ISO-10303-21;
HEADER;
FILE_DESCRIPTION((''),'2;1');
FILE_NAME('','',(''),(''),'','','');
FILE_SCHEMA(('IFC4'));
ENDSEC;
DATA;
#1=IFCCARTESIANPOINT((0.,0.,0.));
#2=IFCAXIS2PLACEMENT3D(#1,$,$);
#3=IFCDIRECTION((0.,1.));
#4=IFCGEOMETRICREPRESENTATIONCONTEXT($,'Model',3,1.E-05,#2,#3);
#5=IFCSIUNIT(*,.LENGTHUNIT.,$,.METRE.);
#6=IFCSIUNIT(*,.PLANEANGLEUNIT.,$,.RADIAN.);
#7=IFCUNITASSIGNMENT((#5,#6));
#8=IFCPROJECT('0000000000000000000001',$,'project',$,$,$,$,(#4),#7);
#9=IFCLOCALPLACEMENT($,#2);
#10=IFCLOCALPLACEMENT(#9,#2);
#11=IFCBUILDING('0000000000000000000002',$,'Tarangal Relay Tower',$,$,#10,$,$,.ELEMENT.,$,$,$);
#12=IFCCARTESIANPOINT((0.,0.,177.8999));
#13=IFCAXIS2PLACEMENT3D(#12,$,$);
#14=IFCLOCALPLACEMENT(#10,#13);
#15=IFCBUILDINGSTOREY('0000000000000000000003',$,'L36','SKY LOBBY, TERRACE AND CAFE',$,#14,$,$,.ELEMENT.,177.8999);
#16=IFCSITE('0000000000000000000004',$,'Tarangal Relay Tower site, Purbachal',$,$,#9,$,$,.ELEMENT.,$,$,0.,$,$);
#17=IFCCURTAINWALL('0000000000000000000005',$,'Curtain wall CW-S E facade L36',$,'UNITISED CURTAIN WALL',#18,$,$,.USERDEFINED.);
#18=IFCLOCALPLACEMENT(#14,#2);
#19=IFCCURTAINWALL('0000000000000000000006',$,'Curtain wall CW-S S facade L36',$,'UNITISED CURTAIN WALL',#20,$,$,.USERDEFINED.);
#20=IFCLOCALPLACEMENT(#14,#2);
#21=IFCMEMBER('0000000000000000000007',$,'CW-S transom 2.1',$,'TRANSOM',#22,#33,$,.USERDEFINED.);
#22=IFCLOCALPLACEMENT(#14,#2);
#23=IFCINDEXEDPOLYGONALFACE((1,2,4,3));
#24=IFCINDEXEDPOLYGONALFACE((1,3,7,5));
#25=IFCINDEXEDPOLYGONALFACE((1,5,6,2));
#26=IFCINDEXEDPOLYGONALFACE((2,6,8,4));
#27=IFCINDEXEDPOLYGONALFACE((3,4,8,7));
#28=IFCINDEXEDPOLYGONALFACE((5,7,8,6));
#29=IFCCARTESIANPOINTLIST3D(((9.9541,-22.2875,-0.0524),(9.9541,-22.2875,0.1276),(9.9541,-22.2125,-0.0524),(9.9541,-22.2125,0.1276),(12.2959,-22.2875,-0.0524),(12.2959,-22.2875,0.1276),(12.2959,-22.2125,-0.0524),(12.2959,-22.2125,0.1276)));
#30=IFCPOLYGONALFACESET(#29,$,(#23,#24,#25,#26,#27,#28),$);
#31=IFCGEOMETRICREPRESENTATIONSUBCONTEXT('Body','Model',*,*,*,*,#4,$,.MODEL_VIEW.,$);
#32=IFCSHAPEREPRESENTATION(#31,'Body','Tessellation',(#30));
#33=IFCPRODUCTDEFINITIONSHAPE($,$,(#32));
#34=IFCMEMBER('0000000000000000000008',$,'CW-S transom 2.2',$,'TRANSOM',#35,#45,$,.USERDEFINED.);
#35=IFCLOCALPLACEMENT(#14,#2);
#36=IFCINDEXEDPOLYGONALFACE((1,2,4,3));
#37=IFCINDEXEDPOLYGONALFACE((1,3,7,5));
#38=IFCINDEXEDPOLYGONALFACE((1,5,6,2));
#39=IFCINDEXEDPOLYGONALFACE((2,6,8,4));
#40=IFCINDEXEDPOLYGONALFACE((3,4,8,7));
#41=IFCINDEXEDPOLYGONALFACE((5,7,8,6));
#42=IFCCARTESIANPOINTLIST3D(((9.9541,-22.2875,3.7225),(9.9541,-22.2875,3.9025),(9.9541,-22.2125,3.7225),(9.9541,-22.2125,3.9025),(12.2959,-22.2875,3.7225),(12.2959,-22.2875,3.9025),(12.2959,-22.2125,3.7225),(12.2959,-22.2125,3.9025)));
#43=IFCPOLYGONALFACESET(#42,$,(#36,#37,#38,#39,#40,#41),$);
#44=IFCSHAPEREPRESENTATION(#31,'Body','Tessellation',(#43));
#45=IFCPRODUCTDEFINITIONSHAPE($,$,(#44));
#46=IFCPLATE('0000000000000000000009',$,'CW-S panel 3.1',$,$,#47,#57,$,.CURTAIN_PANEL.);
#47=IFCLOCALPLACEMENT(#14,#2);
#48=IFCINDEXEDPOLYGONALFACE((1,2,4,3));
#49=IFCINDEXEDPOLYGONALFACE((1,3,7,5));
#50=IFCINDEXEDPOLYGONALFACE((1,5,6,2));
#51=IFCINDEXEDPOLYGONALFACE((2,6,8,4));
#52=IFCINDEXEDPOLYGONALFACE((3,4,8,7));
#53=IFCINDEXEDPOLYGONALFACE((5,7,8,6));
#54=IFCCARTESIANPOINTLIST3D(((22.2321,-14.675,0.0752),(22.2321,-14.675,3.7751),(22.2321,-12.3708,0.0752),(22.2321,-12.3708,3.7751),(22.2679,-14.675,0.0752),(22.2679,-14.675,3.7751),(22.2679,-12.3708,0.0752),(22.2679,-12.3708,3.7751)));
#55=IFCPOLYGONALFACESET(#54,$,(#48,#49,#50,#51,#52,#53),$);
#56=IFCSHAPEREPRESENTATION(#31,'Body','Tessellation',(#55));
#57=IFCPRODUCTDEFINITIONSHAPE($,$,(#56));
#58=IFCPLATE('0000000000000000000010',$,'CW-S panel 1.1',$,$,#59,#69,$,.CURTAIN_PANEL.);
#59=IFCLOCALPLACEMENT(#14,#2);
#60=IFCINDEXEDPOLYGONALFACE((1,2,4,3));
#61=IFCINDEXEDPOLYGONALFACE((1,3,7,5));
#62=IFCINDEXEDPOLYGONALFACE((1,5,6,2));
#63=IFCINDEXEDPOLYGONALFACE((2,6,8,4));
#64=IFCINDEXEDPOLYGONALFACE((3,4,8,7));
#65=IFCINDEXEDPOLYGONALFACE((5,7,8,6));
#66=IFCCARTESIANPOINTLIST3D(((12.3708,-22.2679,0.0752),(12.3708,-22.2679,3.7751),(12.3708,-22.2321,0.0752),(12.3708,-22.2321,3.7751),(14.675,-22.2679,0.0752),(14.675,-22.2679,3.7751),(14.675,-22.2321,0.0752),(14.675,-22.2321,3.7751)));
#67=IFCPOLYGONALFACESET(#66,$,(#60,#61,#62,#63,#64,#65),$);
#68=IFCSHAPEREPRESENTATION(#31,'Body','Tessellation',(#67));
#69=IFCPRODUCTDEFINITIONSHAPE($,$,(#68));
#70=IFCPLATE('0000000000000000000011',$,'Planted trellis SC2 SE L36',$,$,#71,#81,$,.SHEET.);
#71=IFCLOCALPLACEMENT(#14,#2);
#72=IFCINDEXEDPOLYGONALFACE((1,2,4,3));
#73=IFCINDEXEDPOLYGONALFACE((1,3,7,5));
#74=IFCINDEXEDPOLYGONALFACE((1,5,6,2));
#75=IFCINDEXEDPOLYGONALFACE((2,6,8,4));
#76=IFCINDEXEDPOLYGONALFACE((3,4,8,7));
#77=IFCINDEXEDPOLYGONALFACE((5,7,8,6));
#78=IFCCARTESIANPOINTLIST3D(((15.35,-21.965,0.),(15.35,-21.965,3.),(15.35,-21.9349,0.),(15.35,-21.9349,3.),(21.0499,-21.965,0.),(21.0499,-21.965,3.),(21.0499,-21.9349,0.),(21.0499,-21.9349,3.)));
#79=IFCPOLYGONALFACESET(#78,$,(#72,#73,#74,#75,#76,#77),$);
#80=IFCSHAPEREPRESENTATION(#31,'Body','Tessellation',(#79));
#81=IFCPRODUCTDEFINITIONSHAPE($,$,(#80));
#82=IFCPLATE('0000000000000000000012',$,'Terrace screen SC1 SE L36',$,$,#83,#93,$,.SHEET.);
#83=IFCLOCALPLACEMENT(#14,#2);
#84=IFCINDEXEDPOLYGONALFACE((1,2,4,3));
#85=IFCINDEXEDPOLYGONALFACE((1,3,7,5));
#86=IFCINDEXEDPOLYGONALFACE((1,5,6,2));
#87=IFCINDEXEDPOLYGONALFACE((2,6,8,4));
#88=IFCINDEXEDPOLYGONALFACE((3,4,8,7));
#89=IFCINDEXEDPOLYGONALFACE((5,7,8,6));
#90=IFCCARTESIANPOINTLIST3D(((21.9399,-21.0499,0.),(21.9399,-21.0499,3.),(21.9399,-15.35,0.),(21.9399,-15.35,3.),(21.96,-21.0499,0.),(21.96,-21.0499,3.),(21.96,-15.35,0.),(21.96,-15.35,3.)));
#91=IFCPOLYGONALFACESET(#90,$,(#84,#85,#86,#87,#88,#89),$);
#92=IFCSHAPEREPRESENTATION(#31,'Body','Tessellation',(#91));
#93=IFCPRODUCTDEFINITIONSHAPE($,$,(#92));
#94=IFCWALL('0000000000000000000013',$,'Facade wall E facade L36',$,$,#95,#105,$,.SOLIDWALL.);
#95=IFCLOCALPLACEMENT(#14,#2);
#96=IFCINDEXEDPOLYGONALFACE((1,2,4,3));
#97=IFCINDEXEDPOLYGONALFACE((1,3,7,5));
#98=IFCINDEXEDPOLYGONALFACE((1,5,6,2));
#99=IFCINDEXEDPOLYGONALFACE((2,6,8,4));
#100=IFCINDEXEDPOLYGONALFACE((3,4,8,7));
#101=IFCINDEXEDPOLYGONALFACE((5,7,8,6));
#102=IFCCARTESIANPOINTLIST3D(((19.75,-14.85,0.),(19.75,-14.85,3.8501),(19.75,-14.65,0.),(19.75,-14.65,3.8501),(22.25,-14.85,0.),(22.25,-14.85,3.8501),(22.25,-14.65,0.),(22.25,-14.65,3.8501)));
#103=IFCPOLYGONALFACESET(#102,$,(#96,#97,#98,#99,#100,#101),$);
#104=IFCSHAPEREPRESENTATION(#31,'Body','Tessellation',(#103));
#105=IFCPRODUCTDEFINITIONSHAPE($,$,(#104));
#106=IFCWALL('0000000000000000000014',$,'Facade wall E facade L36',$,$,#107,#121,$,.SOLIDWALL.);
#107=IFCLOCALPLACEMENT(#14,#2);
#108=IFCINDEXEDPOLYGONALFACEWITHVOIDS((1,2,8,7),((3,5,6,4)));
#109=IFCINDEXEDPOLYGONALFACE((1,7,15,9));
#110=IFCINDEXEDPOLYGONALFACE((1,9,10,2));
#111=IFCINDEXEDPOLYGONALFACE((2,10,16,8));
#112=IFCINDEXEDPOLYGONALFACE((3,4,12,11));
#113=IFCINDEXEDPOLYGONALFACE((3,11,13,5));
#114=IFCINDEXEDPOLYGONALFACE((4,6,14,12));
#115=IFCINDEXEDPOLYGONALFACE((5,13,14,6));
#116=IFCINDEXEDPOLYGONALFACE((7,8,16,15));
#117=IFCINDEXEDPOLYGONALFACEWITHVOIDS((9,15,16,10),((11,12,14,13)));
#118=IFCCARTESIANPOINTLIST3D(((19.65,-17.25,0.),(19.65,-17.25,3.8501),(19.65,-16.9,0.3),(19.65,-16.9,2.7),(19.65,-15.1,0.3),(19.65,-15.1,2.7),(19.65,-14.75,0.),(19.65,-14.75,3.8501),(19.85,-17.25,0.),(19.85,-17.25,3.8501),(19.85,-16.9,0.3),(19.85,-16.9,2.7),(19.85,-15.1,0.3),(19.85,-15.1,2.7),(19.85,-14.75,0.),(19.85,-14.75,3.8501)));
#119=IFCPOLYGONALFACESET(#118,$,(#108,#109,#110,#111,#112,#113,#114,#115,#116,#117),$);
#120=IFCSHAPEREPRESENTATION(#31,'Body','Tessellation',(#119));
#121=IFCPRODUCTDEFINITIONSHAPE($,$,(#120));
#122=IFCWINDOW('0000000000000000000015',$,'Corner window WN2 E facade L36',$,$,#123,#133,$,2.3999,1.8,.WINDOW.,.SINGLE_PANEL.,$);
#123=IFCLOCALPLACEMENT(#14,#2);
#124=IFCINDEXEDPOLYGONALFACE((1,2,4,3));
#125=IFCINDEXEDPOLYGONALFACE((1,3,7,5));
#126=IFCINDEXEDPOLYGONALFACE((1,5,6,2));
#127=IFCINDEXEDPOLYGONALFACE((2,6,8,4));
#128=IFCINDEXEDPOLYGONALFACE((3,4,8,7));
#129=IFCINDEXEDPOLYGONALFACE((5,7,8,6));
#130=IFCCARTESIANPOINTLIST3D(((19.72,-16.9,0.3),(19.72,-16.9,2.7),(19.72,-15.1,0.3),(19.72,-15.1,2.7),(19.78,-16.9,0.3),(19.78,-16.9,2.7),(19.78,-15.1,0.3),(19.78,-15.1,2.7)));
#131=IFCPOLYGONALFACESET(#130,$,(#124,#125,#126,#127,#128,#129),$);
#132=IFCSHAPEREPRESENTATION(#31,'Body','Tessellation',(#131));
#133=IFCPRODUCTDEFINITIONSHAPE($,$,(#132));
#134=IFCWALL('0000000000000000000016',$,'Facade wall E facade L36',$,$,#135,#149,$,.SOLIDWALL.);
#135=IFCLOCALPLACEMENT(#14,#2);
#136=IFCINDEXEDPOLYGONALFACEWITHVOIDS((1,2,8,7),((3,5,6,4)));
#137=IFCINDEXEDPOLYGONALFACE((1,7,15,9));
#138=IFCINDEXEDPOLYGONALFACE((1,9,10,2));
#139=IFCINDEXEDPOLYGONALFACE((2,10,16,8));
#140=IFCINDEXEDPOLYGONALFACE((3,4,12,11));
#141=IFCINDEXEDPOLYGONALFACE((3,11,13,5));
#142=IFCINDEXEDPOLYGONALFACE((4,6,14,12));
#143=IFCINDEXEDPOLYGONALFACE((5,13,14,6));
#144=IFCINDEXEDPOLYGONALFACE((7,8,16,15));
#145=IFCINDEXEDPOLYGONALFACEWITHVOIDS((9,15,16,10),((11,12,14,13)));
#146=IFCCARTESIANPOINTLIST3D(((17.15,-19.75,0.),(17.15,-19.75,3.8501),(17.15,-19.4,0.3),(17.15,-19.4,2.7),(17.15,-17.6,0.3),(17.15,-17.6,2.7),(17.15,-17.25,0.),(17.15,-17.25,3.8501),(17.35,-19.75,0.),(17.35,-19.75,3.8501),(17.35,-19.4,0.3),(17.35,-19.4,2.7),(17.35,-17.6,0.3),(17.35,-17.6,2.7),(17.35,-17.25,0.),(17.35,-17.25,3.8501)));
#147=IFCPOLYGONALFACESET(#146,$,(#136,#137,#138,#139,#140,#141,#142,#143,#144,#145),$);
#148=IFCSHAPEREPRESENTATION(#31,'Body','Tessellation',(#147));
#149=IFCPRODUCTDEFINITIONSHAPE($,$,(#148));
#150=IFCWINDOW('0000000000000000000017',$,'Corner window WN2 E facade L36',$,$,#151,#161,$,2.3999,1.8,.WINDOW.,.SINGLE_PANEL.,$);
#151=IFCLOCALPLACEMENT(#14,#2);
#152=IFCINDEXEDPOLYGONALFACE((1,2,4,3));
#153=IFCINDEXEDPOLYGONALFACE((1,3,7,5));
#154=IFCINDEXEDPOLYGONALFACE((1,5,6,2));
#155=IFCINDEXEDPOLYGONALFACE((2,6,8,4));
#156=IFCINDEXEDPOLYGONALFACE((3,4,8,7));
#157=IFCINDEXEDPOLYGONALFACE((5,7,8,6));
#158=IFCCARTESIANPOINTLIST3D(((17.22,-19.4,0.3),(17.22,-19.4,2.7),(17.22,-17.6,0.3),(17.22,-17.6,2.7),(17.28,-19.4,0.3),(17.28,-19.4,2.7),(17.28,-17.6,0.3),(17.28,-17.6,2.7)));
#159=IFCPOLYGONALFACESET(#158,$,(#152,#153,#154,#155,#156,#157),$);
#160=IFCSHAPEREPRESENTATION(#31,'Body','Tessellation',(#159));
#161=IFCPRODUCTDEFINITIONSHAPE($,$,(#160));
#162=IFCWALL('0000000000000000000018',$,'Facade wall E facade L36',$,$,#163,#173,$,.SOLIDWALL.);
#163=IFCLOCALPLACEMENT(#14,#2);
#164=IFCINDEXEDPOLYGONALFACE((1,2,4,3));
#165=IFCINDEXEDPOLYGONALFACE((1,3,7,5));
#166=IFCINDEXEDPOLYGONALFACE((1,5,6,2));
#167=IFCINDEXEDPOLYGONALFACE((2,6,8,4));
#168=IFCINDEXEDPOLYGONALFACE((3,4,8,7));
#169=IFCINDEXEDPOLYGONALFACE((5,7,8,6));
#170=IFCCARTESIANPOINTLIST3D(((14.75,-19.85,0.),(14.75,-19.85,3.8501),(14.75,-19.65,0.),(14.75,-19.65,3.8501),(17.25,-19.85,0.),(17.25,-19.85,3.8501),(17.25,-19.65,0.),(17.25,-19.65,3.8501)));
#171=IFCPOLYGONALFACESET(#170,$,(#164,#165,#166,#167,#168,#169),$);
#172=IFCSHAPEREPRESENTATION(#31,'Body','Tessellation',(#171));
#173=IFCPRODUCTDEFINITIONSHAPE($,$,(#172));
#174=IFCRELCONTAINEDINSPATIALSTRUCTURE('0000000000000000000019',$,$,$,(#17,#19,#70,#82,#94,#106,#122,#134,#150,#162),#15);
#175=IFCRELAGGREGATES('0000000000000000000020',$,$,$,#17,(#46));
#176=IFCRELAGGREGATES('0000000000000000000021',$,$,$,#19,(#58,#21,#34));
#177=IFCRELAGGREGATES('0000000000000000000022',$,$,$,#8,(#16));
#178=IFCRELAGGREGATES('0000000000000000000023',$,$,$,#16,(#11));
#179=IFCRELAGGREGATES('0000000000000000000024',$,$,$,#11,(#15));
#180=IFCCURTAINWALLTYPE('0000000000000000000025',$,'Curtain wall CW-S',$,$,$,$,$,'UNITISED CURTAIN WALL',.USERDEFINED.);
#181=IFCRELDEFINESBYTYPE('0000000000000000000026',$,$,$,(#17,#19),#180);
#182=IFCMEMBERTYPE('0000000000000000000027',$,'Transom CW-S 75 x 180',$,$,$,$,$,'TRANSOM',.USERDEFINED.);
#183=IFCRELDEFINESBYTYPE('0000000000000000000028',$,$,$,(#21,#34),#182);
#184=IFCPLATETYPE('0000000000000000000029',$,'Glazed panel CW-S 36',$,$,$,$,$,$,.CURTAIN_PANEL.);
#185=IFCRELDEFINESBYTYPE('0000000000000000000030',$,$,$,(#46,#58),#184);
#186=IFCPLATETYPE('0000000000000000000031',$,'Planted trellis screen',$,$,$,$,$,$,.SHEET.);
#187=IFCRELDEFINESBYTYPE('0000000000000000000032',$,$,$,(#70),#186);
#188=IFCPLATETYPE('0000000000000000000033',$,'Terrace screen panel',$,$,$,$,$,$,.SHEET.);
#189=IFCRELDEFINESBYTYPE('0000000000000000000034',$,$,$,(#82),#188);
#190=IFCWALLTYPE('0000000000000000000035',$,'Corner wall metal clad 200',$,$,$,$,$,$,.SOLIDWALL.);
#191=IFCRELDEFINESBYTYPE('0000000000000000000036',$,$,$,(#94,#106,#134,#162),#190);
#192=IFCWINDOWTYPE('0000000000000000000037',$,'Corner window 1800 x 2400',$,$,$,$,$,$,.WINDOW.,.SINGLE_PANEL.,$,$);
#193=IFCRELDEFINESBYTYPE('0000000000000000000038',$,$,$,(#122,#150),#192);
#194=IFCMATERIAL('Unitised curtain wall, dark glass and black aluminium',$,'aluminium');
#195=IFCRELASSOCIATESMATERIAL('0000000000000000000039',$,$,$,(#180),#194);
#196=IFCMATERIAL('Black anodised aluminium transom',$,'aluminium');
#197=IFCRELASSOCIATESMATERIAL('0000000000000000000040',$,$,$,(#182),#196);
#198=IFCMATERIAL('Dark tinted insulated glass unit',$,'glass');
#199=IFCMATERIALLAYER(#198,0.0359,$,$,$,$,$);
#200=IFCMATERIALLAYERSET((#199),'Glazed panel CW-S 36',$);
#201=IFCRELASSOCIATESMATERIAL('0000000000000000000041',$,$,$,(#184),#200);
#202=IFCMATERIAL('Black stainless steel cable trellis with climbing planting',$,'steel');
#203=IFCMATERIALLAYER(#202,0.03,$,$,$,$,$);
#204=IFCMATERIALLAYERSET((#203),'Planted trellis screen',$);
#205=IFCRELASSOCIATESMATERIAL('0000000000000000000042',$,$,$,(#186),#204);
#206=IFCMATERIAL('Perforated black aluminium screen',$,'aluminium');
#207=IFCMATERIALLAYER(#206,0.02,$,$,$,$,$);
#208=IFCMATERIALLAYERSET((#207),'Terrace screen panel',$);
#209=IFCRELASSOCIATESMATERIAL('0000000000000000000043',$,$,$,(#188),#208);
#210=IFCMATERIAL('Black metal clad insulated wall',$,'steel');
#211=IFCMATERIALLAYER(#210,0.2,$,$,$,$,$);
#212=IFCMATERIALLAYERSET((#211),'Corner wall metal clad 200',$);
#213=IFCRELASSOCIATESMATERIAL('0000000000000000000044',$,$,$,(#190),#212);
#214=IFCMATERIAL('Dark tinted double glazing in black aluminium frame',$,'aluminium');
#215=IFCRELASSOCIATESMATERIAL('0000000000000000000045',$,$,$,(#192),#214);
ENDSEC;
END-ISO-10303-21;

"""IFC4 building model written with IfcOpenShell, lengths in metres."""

from ifc_helpers import new_model, si_unit, direction, frame, frame_2d, origin, origin_2d, place, context, subcontext, project, spatial, rectangle, extrude, material, layer, layer_set, material_profile, profile_set, type_object, element, fill, aggregate, save


model = new_model("IFC4")

# Units and contexts
model_context = context("Model", 3, precision=1e-05, world=origin(), true_north=direction((0.0, 1.0)))
body_context = subcontext(model_context, "Body", "Model", "MODEL_VIEW")
ifc_project = project(units=[si_unit("LENGTHUNIT", "METRE"), si_unit("PLANEANGLEUNIT", "RADIAN")], contexts=[model_context])

# Site, building, storey
site_placement = place(None, origin())
site = spatial("IfcSite", under=ifc_project, at=site_placement, Name="Tarangal Relay Tower site, Purbachal", CompositionType="ELEMENT", RefElevation=0.0)
building_placement = place(site_placement, origin())
building = spatial("IfcBuilding", under=site, at=building_placement, Name="Tarangal Relay Tower", CompositionType="ELEMENT")
storey_placement = place(building_placement, frame((0.0, 0.0, 177.8999)))
storey = spatial("IfcBuildingStorey", under=building, at=storey_placement, Name="L36", Description="SKY LOBBY, TERRACE AND CAFE", CompositionType="ELEMENT", Elevation=177.8999)

# Curtain walls
ifc_material_1 = material(Name="Unitised curtain wall, dark glass and black aluminium", Category="aluminium")
curtain_wall_type = type_object("IfcCurtainWallType", Name="Curtain wall CW-S", ElementType="UNITISED CURTAIN WALL", PredefinedType="USERDEFINED", material=ifc_material_1)
curtain_wall_1_placement = place(storey_placement, origin())
curtain_wall_1 = element("IfcCurtainWall", 1, at=curtain_wall_1_placement, inside=storey, type_object=curtain_wall_type, Name="Curtain wall CW-S E facade L36", ObjectType="UNITISED CURTAIN WALL", PredefinedType="USERDEFINED")
curtain_wall_2_placement = place(storey_placement, origin())
curtain_wall_2 = element("IfcCurtainWall", 2, at=curtain_wall_2_placement, inside=storey, type_object=curtain_wall_type, Name="Curtain wall CW-S S facade L36", ObjectType="UNITISED CURTAIN WALL", PredefinedType="USERDEFINED")

# Members
ifc_material_2 = material(Name="Black anodised aluminium transom", Category="aluminium")
ifc_material_profile_1 = material_profile(ifc_material_2, rectangle(XDim=0.075, YDim=0.1799, at=origin_2d()), Name="CW-ST 75X180")
ifc_profile_set_1 = profile_set([ifc_material_profile_1], Name="Black anodised aluminium transom")
member_type_1 = type_object("IfcMemberType", Name="Transom CW-S 75 x 180", ElementType="TRANSOM", PredefinedType="USERDEFINED", material=ifc_profile_set_1)
member_1_placement = place(storey_placement, frame((12.2959, -22.25, 0.0376), z_axis=(-1.0, 0.0, 0.0), x_axis=(0.0, -1.0, 0.0)))
member_1 = element("IfcMember", 3, at=member_1_placement, type_object=member_type_1, Name="CW-S transom 2.1", ObjectType="TRANSOM", PredefinedType="USERDEFINED", context=body_context, shape_type="SweptSolid", body=[
    extrude(rectangle(XDim=0.075, YDim=0.1799, at=origin_2d()), origin(), (0.0, 0.0, 1.0), 2.3418),
])
member_2_placement = place(storey_placement, frame((12.2959, -22.25, 3.8125), z_axis=(-1.0, 0.0, 0.0), x_axis=(0.0, -1.0, 0.0)))
member_2 = element("IfcMember", 4, at=member_2_placement, type_object=member_type_1, Name="CW-S transom 2.2", ObjectType="TRANSOM", PredefinedType="USERDEFINED", context=body_context, shape_type="SweptSolid", body=[
    extrude(rectangle(XDim=0.075, YDim=0.1799, at=origin_2d()), origin(), (0.0, 0.0, 1.0), 2.3418),
])

# Plates
ifc_material_3 = material(Name="Dark tinted insulated glass unit", Category="glass")
ifc_layer_1 = layer(ifc_material_3, 0.0359)
ifc_layer_set_1 = layer_set([ifc_layer_1], Name="Glazed panel CW-S 36")
plate_type_1 = type_object("IfcPlateType", Name="Glazed panel CW-S 36", PredefinedType="CURTAIN_PANEL", material=ifc_layer_set_1)
plate_1_placement = place(storey_placement, frame((22.25, -13.5229, 0.0752), z_axis=(0.0, 0.0, 1.0), x_axis=(0.0, -1.0, 0.0)))
plate_1 = element("IfcPlate", 5, at=plate_1_placement, type_object=plate_type_1, Name="CW-S panel 3.1", PredefinedType="CURTAIN_PANEL", context=body_context, shape_type="SweptSolid", body=[
    extrude(rectangle(XDim=2.3042, YDim=0.0359, at=origin_2d()), origin(), (0.0, 0.0, 1.0), 3.7),
])
aggregate(curtain_wall_1, [plate_1])
plate_2_placement = place(storey_placement, frame((13.5229, -22.25, 0.0752), z_axis=(0.0, 0.0, 1.0), x_axis=(-1.0, 0.0, 0.0)))
plate_2 = element("IfcPlate", 6, at=plate_2_placement, type_object=plate_type_1, Name="CW-S panel 1.1", PredefinedType="CURTAIN_PANEL", context=body_context, shape_type="SweptSolid", body=[
    extrude(rectangle(XDim=2.3042, YDim=0.0359, at=origin_2d()), origin(), (0.0, 0.0, 1.0), 3.7),
])
aggregate(curtain_wall_2, [plate_2, member_1, member_2])

# Plates
ifc_material_4 = material(Name="Black stainless steel cable trellis with climbing planting", Category="steel")
ifc_layer_2 = layer(ifc_material_4, 0.03)
ifc_layer_set_2 = layer_set([ifc_layer_2], Name="Planted trellis screen")
plate_type_2 = type_object("IfcPlateType", Name="Planted trellis screen", PredefinedType="SHEET", material=ifc_layer_set_2)
plate_3_placement = place(storey_placement, frame((18.2, -21.95, 0.0), z_axis=(0.0, 0.0, 1.0), x_axis=(-1.0, 0.0, 0.0)))
element("IfcPlate", 7, at=plate_3_placement, inside=storey, type_object=plate_type_2, Name="Planted trellis SC2 SE L36", PredefinedType="SHEET", context=body_context, shape_type="SweptSolid", body=[
    extrude(rectangle(XDim=5.7, YDim=0.03, at=origin_2d()), origin(), (0.0, 0.0, 1.0), 3.0),
])
ifc_material_5 = material(Name="Perforated black aluminium screen", Category="aluminium")
ifc_layer_3 = layer(ifc_material_5, 0.02)
ifc_layer_set_3 = layer_set([ifc_layer_3], Name="Terrace screen panel")
plate_type_3 = type_object("IfcPlateType", Name="Terrace screen panel", PredefinedType="SHEET", material=ifc_layer_set_3)
plate_4_placement = place(storey_placement, frame((21.95, -18.2, 0.0), z_axis=(0.0, 0.0, 1.0), x_axis=(0.0, -1.0, 0.0)))
element("IfcPlate", 8, at=plate_4_placement, inside=storey, type_object=plate_type_3, Name="Terrace screen SC1 SE L36", PredefinedType="SHEET", context=body_context, shape_type="SweptSolid", body=[
    extrude(rectangle(XDim=5.7, YDim=0.02, at=origin_2d()), origin(), (0.0, 0.0, 1.0), 3.0),
])

# Wall
ifc_material_6 = material(Name="Black metal clad insulated wall", Category="steel")
ifc_layer_4 = layer(ifc_material_6, 0.2)
ifc_layer_set_4 = layer_set([ifc_layer_4], Name="Corner wall metal clad 200")
wall_type_1 = type_object("IfcWallType", Name="Corner wall metal clad 200", PredefinedType="SOLIDWALL", material=ifc_layer_set_4)
wall_1_placement = place(storey_placement, frame((22.25, -14.75, 0.0), z_axis=(0.0, 0.0, 1.0), x_axis=(-1.0, 0.0, 0.0)))
element("IfcWall", 9, at=wall_1_placement, inside=storey, type_object=wall_type_1, Name="Facade wall E facade L36", PredefinedType="SOLIDWALL", context=body_context, shape_type="SweptSolid", body=[
    extrude(rectangle(XDim=2.5, YDim=0.2, at=frame_2d((1.25, 0.0))), origin(), (0.0, 0.0, 1.0), 3.8501),
])

# Wall, opening, window
wall_2_placement = place(storey_placement, frame((19.75, -14.75, 0.0), z_axis=(0.0, 0.0, 1.0), x_axis=(0.0, -1.0, 0.0)))
wall_2 = element("IfcWall", 10, at=wall_2_placement, inside=storey, type_object=wall_type_1, Name="Facade wall E facade L36", PredefinedType="SOLIDWALL", context=body_context, shape_type="SweptSolid", body=[
    extrude(rectangle(XDim=2.5, YDim=0.2, at=frame_2d((1.25, 0.0))), origin(), (0.0, 0.0, 1.0), 3.8501),
])
opening_1_placement = place(wall_2_placement, frame((0.3501, 0.0, 0.3)))
opening_1 = element("IfcOpeningElement", 11, at=opening_1_placement, cuts=wall_2, PredefinedType="OPENING", context=body_context, shape_type="SweptSolid", body=[
    extrude(rectangle(XDim=1.8, YDim=2.3999, at=frame_2d((0.8999, 1.2))), frame((0.0, 0.1099, 0.0), z_axis=(0.0, -1.0, 0.0), x_axis=(1.0, 0.0, 0.0)), (0.0, 0.0, 1.0), 0.22),
])
ifc_material_7 = material(Name="Dark tinted double glazing in black aluminium frame", Category="aluminium")
window_type = type_object("IfcWindowType", Name="Corner window 1800 x 2400", PartitioningType="SINGLE_PANEL", PredefinedType="WINDOW", material=ifc_material_7)
window_1_placement = place(opening_1_placement, origin())
window_1 = element("IfcWindow", 12, at=window_1_placement, inside=storey, type_object=window_type, Name="Corner window WN2 E facade L36", OverallHeight=2.3999, OverallWidth=1.8, PartitioningType="SINGLE_PANEL", PredefinedType="WINDOW", context=body_context, shape_type="SweptSolid", body=[
    extrude(rectangle(XDim=1.8, YDim=2.3999, at=frame_2d((0.8999, 1.2))), frame((0.0, 0.03, 0.0), z_axis=(0.0, -1.0, 0.0), x_axis=(1.0, 0.0, 0.0)), (0.0, 0.0, 1.0), 0.0601),
])
fill(opening_1, window_1)

# Wall, opening, window
wall_3_placement = place(storey_placement, frame((17.25, -17.25, 0.0), z_axis=(0.0, 0.0, 1.0), x_axis=(0.0, -1.0, 0.0)))
wall_3 = element("IfcWall", 13, at=wall_3_placement, inside=storey, type_object=wall_type_1, Name="Facade wall E facade L36", PredefinedType="SOLIDWALL", context=body_context, shape_type="SweptSolid", body=[
    extrude(rectangle(XDim=2.5, YDim=0.2, at=frame_2d((1.25, 0.0))), origin(), (0.0, 0.0, 1.0), 3.8501),
])
opening_2_placement = place(wall_3_placement, frame((0.3501, 0.0, 0.3)))
opening_2 = element("IfcOpeningElement", 14, at=opening_2_placement, cuts=wall_3, PredefinedType="OPENING", context=body_context, shape_type="SweptSolid", body=[
    extrude(rectangle(XDim=1.8, YDim=2.3999, at=frame_2d((0.8999, 1.2))), frame((0.0, 0.1099, 0.0), z_axis=(0.0, -1.0, 0.0), x_axis=(1.0, 0.0, 0.0)), (0.0, 0.0, 1.0), 0.22),
])
window_2_placement = place(opening_2_placement, origin())
window_2 = element("IfcWindow", 15, at=window_2_placement, inside=storey, type_object=window_type, Name="Corner window WN2 E facade L36", OverallHeight=2.3999, OverallWidth=1.8, PartitioningType="SINGLE_PANEL", PredefinedType="WINDOW", context=body_context, shape_type="SweptSolid", body=[
    extrude(rectangle(XDim=1.8, YDim=2.3999, at=frame_2d((0.8999, 1.2))), frame((0.0, 0.03, 0.0), z_axis=(0.0, -1.0, 0.0), x_axis=(1.0, 0.0, 0.0)), (0.0, 0.0, 1.0), 0.0601),
])
fill(opening_2, window_2)

# Wall
wall_4_placement = place(storey_placement, frame((17.25, -19.75, 0.0), z_axis=(0.0, 0.0, 1.0), x_axis=(-1.0, 0.0, 0.0)))
element("IfcWall", 16, at=wall_4_placement, inside=storey, type_object=wall_type_1, Name="Facade wall E facade L36", PredefinedType="SOLIDWALL", context=body_context, shape_type="SweptSolid", body=[
    extrude(rectangle(XDim=2.5, YDim=0.2, at=frame_2d((1.25, 0.0))), origin(), (0.0, 0.0, 1.0), 3.8501),
])

save(model, "model.ifc")
